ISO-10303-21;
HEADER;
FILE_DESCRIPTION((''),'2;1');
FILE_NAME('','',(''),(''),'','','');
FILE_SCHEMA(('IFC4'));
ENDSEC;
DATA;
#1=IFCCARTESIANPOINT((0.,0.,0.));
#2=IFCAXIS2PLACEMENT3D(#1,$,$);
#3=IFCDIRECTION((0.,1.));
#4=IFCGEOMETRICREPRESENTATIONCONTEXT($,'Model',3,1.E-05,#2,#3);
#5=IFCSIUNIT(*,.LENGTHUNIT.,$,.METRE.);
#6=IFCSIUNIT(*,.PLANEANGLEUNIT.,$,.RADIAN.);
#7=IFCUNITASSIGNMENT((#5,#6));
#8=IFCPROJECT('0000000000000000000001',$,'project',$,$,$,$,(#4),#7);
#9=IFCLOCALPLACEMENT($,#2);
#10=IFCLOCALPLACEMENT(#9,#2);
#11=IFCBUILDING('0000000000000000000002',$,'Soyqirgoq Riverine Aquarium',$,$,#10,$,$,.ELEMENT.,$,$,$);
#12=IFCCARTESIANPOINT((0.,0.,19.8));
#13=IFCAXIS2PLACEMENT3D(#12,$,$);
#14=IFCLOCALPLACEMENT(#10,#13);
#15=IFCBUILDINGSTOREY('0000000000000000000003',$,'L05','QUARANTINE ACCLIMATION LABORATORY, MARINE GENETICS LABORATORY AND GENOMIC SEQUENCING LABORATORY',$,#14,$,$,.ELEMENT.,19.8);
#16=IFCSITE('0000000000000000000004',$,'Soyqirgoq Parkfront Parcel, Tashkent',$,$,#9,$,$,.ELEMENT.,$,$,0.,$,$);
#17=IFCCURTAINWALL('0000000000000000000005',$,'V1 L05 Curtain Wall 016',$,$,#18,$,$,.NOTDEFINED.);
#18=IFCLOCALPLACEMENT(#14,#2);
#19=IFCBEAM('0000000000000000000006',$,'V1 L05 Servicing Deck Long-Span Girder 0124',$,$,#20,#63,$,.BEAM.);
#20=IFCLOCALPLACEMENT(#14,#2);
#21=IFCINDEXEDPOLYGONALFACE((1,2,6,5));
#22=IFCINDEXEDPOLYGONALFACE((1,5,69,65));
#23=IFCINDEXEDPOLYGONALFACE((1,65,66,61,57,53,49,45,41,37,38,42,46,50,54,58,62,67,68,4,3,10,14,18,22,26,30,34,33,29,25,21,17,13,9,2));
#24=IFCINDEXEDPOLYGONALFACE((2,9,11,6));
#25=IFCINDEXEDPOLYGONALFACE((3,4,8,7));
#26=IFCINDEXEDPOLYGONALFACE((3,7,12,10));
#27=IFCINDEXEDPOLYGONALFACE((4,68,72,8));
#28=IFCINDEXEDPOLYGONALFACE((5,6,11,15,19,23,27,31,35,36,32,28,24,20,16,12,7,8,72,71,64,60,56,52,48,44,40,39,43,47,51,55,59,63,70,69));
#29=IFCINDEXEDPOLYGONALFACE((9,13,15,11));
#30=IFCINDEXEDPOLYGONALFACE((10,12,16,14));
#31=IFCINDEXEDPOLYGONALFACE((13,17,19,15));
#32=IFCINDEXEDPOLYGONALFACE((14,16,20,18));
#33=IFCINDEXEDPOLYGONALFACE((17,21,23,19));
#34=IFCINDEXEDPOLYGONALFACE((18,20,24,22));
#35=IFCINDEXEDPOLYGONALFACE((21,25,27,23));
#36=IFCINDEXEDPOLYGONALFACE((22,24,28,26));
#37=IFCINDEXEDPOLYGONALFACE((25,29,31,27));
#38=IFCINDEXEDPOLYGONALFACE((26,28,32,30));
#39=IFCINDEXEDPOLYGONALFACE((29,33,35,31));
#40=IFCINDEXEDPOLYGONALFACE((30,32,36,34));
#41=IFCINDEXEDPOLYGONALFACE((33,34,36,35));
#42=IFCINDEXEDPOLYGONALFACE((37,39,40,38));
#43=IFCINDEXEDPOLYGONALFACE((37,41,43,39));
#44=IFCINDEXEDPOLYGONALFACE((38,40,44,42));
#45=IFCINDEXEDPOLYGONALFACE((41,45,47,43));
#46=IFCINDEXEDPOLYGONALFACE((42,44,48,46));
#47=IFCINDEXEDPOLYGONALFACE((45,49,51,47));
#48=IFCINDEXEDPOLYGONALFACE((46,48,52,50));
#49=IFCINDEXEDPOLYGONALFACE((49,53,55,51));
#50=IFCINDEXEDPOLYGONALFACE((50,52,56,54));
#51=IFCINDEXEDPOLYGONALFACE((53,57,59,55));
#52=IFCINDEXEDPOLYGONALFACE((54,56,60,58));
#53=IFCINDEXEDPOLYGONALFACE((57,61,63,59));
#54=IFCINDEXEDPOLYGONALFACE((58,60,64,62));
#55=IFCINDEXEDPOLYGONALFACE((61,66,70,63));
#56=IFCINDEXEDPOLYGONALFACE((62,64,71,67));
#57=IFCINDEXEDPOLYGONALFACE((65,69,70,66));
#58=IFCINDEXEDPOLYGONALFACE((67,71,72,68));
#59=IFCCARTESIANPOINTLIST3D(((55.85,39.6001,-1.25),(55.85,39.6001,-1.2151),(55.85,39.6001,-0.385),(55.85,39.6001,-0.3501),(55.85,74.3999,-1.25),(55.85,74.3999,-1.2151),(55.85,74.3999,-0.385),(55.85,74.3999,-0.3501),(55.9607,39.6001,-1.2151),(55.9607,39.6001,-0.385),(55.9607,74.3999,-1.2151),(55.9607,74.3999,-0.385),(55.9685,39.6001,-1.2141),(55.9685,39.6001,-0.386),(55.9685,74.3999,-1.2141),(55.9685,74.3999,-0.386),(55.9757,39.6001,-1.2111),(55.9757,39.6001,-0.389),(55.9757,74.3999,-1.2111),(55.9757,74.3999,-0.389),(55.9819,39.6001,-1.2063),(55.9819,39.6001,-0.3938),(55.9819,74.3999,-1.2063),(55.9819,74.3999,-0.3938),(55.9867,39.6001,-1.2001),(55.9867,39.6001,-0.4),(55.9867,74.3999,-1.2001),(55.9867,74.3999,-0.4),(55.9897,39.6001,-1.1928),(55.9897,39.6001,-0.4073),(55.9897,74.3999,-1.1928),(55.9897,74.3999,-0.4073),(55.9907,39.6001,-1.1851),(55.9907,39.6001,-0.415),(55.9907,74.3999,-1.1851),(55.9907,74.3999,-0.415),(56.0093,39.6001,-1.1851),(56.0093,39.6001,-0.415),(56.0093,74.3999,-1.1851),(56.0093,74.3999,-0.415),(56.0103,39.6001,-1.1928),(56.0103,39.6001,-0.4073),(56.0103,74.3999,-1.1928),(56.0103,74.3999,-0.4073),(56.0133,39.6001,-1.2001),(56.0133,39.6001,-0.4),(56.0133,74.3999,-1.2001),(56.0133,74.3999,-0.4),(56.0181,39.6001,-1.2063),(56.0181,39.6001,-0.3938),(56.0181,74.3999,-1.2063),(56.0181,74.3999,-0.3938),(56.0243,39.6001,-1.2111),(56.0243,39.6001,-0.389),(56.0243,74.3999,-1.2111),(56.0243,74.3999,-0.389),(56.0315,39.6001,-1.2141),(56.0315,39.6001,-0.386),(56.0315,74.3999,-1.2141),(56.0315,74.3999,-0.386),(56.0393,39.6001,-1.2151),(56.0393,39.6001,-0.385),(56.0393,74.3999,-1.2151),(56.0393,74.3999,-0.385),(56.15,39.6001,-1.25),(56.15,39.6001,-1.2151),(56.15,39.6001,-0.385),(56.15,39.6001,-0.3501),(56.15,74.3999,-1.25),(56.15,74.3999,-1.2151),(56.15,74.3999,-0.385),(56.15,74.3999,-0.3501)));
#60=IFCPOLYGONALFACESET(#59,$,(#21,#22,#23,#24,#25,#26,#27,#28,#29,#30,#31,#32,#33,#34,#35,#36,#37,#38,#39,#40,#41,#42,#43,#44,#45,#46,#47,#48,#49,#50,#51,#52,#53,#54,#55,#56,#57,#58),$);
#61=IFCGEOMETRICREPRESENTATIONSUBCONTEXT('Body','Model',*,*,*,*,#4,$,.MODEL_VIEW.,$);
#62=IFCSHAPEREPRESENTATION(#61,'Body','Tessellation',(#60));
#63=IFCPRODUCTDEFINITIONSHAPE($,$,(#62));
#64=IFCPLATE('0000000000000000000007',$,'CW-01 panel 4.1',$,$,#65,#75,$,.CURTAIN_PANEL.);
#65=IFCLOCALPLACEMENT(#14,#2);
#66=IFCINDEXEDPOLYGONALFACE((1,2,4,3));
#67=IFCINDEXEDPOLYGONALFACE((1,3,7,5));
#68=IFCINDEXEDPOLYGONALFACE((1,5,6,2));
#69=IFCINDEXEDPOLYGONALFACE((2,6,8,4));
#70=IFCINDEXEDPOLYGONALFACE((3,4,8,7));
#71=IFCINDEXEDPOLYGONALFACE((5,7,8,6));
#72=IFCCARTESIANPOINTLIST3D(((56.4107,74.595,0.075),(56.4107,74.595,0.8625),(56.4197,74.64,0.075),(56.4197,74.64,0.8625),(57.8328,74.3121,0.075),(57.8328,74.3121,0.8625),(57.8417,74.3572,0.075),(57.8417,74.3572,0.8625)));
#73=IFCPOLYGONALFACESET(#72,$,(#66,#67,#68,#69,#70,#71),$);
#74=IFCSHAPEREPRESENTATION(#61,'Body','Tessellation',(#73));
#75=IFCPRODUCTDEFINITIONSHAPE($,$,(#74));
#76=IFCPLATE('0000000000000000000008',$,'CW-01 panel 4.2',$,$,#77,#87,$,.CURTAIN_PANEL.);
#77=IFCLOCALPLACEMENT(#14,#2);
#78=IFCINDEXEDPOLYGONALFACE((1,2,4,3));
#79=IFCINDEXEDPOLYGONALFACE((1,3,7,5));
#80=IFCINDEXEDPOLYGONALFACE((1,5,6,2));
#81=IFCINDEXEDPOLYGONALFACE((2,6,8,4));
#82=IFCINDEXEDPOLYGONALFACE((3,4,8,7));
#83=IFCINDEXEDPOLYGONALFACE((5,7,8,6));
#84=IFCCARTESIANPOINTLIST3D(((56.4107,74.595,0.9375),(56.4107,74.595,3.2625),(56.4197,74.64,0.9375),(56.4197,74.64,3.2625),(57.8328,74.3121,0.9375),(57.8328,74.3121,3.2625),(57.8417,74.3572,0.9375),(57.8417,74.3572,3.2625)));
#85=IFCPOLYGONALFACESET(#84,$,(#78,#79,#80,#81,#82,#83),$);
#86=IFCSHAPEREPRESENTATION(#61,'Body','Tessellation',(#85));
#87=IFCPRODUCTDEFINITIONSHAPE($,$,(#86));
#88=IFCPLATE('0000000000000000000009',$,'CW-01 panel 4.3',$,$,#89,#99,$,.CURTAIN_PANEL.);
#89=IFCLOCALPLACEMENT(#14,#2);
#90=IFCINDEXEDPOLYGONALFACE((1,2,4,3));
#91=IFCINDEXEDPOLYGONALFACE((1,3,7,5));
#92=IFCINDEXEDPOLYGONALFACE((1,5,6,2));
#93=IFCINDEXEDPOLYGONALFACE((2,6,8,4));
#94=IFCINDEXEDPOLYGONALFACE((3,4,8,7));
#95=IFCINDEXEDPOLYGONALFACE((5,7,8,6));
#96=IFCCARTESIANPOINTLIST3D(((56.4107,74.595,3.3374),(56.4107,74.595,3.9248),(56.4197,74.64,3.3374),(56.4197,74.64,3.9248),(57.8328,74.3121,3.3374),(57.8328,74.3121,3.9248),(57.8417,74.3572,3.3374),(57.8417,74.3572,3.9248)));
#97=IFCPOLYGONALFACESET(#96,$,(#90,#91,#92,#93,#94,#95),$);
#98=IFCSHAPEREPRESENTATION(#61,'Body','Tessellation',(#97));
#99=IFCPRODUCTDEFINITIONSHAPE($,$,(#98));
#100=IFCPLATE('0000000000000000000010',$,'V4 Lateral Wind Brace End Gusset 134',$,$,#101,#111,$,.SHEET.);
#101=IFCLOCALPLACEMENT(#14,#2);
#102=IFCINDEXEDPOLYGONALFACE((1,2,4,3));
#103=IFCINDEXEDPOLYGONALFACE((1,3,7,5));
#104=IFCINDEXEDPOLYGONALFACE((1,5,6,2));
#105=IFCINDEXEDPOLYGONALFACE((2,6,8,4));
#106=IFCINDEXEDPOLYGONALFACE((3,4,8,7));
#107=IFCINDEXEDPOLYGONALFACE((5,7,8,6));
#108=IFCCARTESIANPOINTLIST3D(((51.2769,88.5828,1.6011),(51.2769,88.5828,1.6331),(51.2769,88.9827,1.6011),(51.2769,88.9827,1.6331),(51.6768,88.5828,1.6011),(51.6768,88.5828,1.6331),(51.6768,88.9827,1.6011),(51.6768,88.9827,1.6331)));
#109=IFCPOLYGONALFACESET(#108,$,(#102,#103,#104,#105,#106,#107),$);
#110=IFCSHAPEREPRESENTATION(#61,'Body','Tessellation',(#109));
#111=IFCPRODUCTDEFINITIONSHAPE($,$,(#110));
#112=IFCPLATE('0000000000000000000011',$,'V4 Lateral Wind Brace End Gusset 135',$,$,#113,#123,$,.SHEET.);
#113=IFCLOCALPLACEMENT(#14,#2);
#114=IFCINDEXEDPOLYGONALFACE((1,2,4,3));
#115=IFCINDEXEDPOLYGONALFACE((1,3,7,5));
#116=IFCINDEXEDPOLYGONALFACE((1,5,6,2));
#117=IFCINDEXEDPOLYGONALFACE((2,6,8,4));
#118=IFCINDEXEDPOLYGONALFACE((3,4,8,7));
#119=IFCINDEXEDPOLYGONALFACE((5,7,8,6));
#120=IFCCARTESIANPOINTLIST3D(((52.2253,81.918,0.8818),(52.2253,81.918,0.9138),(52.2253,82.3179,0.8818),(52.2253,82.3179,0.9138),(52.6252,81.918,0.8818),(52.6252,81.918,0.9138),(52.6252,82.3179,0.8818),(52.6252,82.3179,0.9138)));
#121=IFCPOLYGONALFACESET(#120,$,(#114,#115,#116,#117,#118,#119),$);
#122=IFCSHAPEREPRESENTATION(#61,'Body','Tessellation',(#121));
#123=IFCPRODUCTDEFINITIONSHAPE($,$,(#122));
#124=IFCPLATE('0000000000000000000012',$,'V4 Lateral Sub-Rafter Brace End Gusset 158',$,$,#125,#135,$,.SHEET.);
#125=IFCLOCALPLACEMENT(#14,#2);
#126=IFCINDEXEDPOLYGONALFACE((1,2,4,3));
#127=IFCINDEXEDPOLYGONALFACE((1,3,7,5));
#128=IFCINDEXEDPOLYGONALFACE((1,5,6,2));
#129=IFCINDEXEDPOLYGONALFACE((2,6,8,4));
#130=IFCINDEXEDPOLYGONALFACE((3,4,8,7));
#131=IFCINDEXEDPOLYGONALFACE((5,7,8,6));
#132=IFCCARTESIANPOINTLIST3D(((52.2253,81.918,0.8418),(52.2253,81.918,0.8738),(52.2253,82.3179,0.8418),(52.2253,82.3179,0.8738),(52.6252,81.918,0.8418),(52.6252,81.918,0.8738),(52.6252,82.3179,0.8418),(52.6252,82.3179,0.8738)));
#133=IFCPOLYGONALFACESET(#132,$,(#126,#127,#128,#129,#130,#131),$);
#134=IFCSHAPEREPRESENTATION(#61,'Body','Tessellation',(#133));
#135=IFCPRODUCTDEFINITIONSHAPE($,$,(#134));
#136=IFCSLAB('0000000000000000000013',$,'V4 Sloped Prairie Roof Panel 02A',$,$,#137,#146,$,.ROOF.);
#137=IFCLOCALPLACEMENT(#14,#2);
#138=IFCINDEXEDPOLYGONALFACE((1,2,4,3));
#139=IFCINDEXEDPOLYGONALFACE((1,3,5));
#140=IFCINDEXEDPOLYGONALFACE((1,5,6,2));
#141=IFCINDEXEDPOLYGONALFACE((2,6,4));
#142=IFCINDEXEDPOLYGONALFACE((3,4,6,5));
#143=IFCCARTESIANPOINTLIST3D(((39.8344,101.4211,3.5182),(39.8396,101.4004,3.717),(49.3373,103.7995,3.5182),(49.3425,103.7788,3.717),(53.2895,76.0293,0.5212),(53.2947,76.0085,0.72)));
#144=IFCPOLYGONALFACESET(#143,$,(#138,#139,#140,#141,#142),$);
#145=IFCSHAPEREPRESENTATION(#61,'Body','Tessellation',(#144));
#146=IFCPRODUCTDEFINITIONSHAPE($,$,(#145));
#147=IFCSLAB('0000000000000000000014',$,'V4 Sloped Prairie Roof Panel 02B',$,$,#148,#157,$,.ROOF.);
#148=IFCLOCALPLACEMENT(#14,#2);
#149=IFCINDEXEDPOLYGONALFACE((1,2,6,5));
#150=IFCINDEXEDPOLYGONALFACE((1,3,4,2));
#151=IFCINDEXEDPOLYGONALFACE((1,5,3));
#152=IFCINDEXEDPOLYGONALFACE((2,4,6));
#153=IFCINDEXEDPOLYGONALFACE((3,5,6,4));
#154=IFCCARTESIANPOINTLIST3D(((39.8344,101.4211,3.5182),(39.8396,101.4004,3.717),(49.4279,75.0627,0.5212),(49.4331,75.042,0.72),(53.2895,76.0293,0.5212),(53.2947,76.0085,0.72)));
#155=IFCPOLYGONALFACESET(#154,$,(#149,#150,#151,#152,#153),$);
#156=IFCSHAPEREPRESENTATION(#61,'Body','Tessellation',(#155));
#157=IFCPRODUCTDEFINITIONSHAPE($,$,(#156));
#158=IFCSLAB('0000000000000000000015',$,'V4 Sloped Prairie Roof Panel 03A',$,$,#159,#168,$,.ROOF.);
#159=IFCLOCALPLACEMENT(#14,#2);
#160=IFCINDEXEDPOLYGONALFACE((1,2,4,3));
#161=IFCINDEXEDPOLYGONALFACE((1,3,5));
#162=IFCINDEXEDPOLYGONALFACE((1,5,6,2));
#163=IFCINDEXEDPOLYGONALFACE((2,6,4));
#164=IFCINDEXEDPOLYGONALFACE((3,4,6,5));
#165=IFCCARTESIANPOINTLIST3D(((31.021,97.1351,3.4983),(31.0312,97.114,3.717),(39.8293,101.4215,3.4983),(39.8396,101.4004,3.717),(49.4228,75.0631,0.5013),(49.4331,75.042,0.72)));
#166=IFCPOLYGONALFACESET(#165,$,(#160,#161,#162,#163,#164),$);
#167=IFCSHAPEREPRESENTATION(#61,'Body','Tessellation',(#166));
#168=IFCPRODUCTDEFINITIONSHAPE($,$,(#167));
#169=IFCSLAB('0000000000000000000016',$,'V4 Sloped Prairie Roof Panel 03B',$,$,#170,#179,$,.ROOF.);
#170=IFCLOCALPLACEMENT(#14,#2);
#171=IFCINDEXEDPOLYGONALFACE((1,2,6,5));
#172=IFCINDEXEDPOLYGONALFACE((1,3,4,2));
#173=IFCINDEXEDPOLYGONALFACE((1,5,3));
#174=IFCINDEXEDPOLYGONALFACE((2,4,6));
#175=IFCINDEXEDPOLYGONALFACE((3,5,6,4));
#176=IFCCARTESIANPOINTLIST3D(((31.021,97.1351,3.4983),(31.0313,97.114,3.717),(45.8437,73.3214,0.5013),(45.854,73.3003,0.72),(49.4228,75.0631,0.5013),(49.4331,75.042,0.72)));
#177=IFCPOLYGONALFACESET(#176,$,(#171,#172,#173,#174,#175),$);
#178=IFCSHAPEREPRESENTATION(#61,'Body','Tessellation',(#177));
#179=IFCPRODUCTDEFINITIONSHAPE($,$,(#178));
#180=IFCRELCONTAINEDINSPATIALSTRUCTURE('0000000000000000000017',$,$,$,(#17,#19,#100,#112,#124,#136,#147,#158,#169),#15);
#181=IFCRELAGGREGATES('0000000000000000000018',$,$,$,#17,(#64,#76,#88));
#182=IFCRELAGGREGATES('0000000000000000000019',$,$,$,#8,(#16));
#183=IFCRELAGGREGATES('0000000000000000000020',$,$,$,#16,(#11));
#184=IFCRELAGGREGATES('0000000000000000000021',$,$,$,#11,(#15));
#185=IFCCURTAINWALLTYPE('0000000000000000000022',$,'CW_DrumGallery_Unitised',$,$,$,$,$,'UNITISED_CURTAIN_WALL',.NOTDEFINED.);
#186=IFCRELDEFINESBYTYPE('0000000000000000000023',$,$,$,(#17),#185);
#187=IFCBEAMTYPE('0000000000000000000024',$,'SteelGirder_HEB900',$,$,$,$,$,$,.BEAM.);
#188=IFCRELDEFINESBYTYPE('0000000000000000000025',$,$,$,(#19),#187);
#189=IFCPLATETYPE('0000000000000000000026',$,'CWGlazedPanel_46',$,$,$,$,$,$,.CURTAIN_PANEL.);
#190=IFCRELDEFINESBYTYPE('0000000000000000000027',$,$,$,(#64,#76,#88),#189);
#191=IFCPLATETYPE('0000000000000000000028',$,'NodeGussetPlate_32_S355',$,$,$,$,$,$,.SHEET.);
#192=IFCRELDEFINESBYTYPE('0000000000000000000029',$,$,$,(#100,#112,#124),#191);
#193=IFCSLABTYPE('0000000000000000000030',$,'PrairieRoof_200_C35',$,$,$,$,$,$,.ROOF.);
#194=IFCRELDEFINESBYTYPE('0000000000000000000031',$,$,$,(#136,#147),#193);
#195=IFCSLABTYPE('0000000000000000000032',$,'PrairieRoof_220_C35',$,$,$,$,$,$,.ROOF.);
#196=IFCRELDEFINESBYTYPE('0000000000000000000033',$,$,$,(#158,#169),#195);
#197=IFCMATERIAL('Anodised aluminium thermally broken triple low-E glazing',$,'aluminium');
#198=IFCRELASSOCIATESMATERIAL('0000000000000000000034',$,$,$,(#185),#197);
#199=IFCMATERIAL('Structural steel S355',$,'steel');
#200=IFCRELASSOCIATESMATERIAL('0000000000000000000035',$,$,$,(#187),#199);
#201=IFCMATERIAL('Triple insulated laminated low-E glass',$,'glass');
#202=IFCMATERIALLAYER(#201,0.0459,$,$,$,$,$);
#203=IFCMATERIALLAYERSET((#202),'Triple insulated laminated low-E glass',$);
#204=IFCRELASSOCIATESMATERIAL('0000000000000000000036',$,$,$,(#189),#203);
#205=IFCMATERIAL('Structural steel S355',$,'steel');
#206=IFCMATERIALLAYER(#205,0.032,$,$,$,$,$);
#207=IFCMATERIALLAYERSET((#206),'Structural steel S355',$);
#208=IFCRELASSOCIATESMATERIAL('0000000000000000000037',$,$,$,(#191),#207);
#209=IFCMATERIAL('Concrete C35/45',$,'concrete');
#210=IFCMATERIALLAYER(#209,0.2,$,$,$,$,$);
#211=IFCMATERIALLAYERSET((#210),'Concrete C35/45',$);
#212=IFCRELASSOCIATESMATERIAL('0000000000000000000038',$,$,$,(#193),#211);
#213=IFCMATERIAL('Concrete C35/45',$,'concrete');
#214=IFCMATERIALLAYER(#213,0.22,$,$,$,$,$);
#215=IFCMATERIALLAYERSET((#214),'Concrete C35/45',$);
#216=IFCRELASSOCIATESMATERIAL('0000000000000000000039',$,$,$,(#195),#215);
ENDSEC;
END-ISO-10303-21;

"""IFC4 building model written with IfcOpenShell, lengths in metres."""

from ifc_helpers import new_model, si_unit, direction, frame, origin, origin_2d, place, context, subcontext, project, spatial, polyline, rectangle, i_section, outline, extrude, material, layer, layer_set, material_profile, profile_set, type_object, element, aggregate, save


model = new_model("IFC4")

# Units and contexts
model_context = context("Model", 3, precision=1e-05, world=origin(), true_north=direction((0.0, 1.0)))
body_context = subcontext(model_context, "Body", "Model", "MODEL_VIEW")
ifc_project = project(units=[si_unit("LENGTHUNIT", "METRE"), si_unit("PLANEANGLEUNIT", "RADIAN")], contexts=[model_context])

# Site, building, storey
site_placement = place(None, origin())
site = spatial("IfcSite", under=ifc_project, at=site_placement, Name="Soyqirgoq Parkfront Parcel, Tashkent", CompositionType="ELEMENT", RefElevation=0.0)
building_placement = place(site_placement, origin())
building = spatial("IfcBuilding", under=site, at=building_placement, Name="Soyqirgoq Riverine Aquarium", CompositionType="ELEMENT")
storey_placement = place(building_placement, frame((0.0, 0.0, 19.8)))
storey = spatial("IfcBuildingStorey", under=building, at=storey_placement, Name="L05", Description="QUARANTINE ACCLIMATION LABORATORY, MARINE GENETICS LABORATORY AND GENOMIC SEQUENCING LABORATORY", CompositionType="ELEMENT", Elevation=19.8)

# Curtain wall
ifc_material_1 = material(Name="Anodised aluminium thermally broken triple low-E glazing", Category="aluminium")
curtain_wall_type = type_object("IfcCurtainWallType", Name="CW_DrumGallery_Unitised", ElementType="UNITISED_CURTAIN_WALL", PredefinedType="NOTDEFINED", material=ifc_material_1)
curtain_wall_placement = place(storey_placement, origin())
curtain_wall = element("IfcCurtainWall", 1, at=curtain_wall_placement, inside=storey, type_object=curtain_wall_type, Name="V1 L05 Curtain Wall 016", PredefinedType="NOTDEFINED")

# Beam
ifc_material_2 = material(Name="Structural steel S355", Category="steel")
ifc_material_profile_1 = material_profile(ifc_material_2, i_section(OverallWidth=0.3, OverallDepth=0.8999, WebThickness=0.0186, FlangeThickness=0.0349, FilletRadius=0.03, at=origin_2d()), Name="HEB 900")
ifc_profile_set_1 = profile_set([ifc_material_profile_1], Name="Structural steel S355")
beam_type_1 = type_object("IfcBeamType", Name="SteelGirder_HEB900", PredefinedType="BEAM", material=ifc_profile_set_1)
beam_1_placement = place(storey_placement, frame((56.0, 74.3999, -0.8), z_axis=(0.0, -1.0, 0.0), x_axis=(1.0, 0.0, 0.0)))
element("IfcBeam", 2, at=beam_1_placement, inside=storey, type_object=beam_type_1, Name="V1 L05 Servicing Deck Long-Span Girder 0124", PredefinedType="BEAM", context=body_context, shape_type="SweptSolid", body=[
    extrude(i_section(OverallWidth=0.3, OverallDepth=0.8999, WebThickness=0.0186, FlangeThickness=0.0349, FilletRadius=0.03, at=origin_2d()), origin(), (0.0, 0.0, 1.0), 34.7998),
])

# Plates
ifc_material_3 = material(Name="Triple insulated laminated low-E glass", Category="glass")
ifc_layer_1 = layer(ifc_material_3, 0.0459)
ifc_layer_set_1 = layer_set([ifc_layer_1], Name="Triple insulated laminated low-E glass")
plate_type_1 = type_object("IfcPlateType", Name="CWGlazedPanel_46", PredefinedType="CURTAIN_PANEL", material=ifc_layer_set_1)
plate_1_placement = place(storey_placement, frame((57.1262, 74.4761, 0.075), z_axis=(0.0, 0.0, 1.0), x_axis=(-0.980788, 0.195078, 0.0)))
plate_1 = element("IfcPlate", 3, at=plate_1_placement, type_object=plate_type_1, Name="CW-01 panel 4.1", PredefinedType="CURTAIN_PANEL", context=body_context, shape_type="SweptSolid", body=[
    extrude(rectangle(XDim=1.45, YDim=0.0459, at=origin_2d()), origin(), (0.0, 0.0, 1.0), 0.7876),
])
plate_2_placement = place(storey_placement, frame((57.1262, 74.4761, 0.9375), z_axis=(0.0, 0.0, 1.0), x_axis=(-0.980788, 0.195078, 0.0)))
plate_2 = element("IfcPlate", 4, at=plate_2_placement, type_object=plate_type_1, Name="CW-01 panel 4.2", PredefinedType="CURTAIN_PANEL", context=body_context, shape_type="SweptSolid", body=[
    extrude(rectangle(XDim=1.45, YDim=0.0459, at=origin_2d()), origin(), (0.0, 0.0, 1.0), 2.325),
])
plate_3_placement = place(storey_placement, frame((57.1262, 74.4761, 3.3374), z_axis=(0.0, 0.0, 1.0), x_axis=(-0.980788, 0.195078, 0.0)))
plate_3 = element("IfcPlate", 5, at=plate_3_placement, type_object=plate_type_1, Name="CW-01 panel 4.3", PredefinedType="CURTAIN_PANEL", context=body_context, shape_type="SweptSolid", body=[
    extrude(rectangle(XDim=1.45, YDim=0.0459, at=origin_2d()), origin(), (0.0, 0.0, 1.0), 0.5874),
])
aggregate(curtain_wall, [plate_1, plate_2, plate_3])

# Plates
ifc_material_4 = material(Name="Structural steel S355", Category="steel")
ifc_layer_2 = layer(ifc_material_4, 0.032)
ifc_layer_set_2 = layer_set([ifc_layer_2], Name="Structural steel S355")
plate_type_2 = type_object("IfcPlateType", Name="NodeGussetPlate_32_S355", PredefinedType="SHEET", material=ifc_layer_set_2)
for number, where, z_axis, x_axis, name in (
    (6, (51.4768, 88.7827, 1.6011), (0.0, 0.0, 1.0), (1.0, 0.0, 0.0), "V4 Lateral Wind Brace End Gusset 134"),
    (7, (52.4253, 82.1179, 0.8818), (0.0, 0.0, 1.0), (1.0, 0.0, 0.0), "V4 Lateral Wind Brace End Gusset 135"),
    (8, (52.4253, 82.1179, 0.8418), (0.0, 0.0, 1.0), (1.0, 0.0, 0.0), "V4 Lateral Sub-Rafter Brace End Gusset 158"),
):
    element("IfcPlate", number, at=place(storey_placement, frame(where, z_axis=z_axis, x_axis=x_axis)), inside=storey, type_object=plate_type_2, Name=name, PredefinedType="SHEET", context=body_context, shape_type="SweptSolid", body=[
        extrude(rectangle(XDim=0.3999, YDim=0.3999, at=origin_2d()), origin(), (0.0, 0.0, 1.0), 0.032),
    ])

# Slabs
ifc_material_5 = material(Name="Concrete C35/45", Category="concrete")
ifc_layer_3 = layer(ifc_material_5, 0.2)
ifc_layer_set_3 = layer_set([ifc_layer_3], Name="Concrete C35/45")
slab_type_1 = type_object("IfcSlabType", Name="PrairieRoof_200_C35", PredefinedType="ROOF", material=ifc_layer_set_3)
slab_1_placement = place(storey_placement, frame((53.2947, 76.0085, 0.72), z_axis=(0.025933, -0.103616, 0.994279), x_axis=(-0.140099, 0.984421, 0.106242)))
element("IfcSlab", 9, at=slab_1_placement, inside=storey, type_object=slab_type_1, Name="V4 Sloped Prairie Roof Panel 02A", PredefinedType="ROOF", context=body_context, shape_type="SweptSolid", body=[
    extrude(outline(polyline([(0.0, 0.0), (28.2097, 0.0), (27.1997, 9.7438), (0.0, 0.0)])), origin(), (0.0, 0.0, -1.0), 0.2),
])
slab_2_placement = place(storey_placement, frame((53.2947, 76.0085, 0.72), z_axis=(0.025935, -0.103615, 0.994279), x_axis=(-0.465697, 0.878843, 0.103732)))
element("IfcSlab", 10, at=slab_2_placement, inside=storey, type_object=slab_type_1, Name="V4 Sloped Prairie Roof Panel 02B", PredefinedType="ROOF", context=body_context, shape_type="SweptSolid", body=[
    extrude(outline(polyline([(0.0, 0.0), (28.8923, 0.0), (0.9489, 3.866), (0.0, 0.0)])), origin(), (0.0, 0.0, -1.0), 0.2),
])
ifc_material_6 = material(Name="Concrete C35/45", Category="concrete")
ifc_layer_4 = layer(ifc_material_6, 0.22)
ifc_layer_set_4 = layer_set([ifc_layer_4], Name="Concrete C35/45")
slab_type_2 = type_object("IfcSlabType", Name="PrairieRoof_220_C35", PredefinedType="ROOF", material=ifc_layer_set_4)
slab_3_placement = place(storey_placement, frame((49.4331, 75.042, 0.72), z_axis=(0.046737, -0.096043, 0.994279), x_axis=(-0.340079, 0.934376, 0.106243)))
element("IfcSlab", 11, at=slab_3_placement, inside=storey, type_object=slab_type_2, Name="V4 Sloped Prairie Roof Panel 03A", PredefinedType="ROOF", context=body_context, shape_type="SweptSolid", body=[
    extrude(outline(polyline([(0.0, 0.0), (28.2096, 0.0), (27.2001, 9.7438), (0.0, 0.0)])), origin(), (0.0, 0.0, -1.0), 0.22),
])
slab_4_placement = place(storey_placement, frame((49.4331, 75.042, 0.72), z_axis=(0.046738, -0.096043, 0.994279), x_axis=(-0.636905, 0.763932, 0.103731)))
element("IfcSlab", 12, at=slab_4_placement, inside=storey, type_object=slab_type_2, Name="V4 Sloped Prairie Roof Panel 03B", PredefinedType="ROOF", context=body_context, shape_type="SweptSolid", body=[
    extrude(outline(polyline([(0.0, 0.0), (28.8926, 0.0), (0.949, 3.8656), (0.0, 0.0)])), origin(), (0.0, 0.0, -1.0), 0.22),
])

save(model, "model.ifc")
